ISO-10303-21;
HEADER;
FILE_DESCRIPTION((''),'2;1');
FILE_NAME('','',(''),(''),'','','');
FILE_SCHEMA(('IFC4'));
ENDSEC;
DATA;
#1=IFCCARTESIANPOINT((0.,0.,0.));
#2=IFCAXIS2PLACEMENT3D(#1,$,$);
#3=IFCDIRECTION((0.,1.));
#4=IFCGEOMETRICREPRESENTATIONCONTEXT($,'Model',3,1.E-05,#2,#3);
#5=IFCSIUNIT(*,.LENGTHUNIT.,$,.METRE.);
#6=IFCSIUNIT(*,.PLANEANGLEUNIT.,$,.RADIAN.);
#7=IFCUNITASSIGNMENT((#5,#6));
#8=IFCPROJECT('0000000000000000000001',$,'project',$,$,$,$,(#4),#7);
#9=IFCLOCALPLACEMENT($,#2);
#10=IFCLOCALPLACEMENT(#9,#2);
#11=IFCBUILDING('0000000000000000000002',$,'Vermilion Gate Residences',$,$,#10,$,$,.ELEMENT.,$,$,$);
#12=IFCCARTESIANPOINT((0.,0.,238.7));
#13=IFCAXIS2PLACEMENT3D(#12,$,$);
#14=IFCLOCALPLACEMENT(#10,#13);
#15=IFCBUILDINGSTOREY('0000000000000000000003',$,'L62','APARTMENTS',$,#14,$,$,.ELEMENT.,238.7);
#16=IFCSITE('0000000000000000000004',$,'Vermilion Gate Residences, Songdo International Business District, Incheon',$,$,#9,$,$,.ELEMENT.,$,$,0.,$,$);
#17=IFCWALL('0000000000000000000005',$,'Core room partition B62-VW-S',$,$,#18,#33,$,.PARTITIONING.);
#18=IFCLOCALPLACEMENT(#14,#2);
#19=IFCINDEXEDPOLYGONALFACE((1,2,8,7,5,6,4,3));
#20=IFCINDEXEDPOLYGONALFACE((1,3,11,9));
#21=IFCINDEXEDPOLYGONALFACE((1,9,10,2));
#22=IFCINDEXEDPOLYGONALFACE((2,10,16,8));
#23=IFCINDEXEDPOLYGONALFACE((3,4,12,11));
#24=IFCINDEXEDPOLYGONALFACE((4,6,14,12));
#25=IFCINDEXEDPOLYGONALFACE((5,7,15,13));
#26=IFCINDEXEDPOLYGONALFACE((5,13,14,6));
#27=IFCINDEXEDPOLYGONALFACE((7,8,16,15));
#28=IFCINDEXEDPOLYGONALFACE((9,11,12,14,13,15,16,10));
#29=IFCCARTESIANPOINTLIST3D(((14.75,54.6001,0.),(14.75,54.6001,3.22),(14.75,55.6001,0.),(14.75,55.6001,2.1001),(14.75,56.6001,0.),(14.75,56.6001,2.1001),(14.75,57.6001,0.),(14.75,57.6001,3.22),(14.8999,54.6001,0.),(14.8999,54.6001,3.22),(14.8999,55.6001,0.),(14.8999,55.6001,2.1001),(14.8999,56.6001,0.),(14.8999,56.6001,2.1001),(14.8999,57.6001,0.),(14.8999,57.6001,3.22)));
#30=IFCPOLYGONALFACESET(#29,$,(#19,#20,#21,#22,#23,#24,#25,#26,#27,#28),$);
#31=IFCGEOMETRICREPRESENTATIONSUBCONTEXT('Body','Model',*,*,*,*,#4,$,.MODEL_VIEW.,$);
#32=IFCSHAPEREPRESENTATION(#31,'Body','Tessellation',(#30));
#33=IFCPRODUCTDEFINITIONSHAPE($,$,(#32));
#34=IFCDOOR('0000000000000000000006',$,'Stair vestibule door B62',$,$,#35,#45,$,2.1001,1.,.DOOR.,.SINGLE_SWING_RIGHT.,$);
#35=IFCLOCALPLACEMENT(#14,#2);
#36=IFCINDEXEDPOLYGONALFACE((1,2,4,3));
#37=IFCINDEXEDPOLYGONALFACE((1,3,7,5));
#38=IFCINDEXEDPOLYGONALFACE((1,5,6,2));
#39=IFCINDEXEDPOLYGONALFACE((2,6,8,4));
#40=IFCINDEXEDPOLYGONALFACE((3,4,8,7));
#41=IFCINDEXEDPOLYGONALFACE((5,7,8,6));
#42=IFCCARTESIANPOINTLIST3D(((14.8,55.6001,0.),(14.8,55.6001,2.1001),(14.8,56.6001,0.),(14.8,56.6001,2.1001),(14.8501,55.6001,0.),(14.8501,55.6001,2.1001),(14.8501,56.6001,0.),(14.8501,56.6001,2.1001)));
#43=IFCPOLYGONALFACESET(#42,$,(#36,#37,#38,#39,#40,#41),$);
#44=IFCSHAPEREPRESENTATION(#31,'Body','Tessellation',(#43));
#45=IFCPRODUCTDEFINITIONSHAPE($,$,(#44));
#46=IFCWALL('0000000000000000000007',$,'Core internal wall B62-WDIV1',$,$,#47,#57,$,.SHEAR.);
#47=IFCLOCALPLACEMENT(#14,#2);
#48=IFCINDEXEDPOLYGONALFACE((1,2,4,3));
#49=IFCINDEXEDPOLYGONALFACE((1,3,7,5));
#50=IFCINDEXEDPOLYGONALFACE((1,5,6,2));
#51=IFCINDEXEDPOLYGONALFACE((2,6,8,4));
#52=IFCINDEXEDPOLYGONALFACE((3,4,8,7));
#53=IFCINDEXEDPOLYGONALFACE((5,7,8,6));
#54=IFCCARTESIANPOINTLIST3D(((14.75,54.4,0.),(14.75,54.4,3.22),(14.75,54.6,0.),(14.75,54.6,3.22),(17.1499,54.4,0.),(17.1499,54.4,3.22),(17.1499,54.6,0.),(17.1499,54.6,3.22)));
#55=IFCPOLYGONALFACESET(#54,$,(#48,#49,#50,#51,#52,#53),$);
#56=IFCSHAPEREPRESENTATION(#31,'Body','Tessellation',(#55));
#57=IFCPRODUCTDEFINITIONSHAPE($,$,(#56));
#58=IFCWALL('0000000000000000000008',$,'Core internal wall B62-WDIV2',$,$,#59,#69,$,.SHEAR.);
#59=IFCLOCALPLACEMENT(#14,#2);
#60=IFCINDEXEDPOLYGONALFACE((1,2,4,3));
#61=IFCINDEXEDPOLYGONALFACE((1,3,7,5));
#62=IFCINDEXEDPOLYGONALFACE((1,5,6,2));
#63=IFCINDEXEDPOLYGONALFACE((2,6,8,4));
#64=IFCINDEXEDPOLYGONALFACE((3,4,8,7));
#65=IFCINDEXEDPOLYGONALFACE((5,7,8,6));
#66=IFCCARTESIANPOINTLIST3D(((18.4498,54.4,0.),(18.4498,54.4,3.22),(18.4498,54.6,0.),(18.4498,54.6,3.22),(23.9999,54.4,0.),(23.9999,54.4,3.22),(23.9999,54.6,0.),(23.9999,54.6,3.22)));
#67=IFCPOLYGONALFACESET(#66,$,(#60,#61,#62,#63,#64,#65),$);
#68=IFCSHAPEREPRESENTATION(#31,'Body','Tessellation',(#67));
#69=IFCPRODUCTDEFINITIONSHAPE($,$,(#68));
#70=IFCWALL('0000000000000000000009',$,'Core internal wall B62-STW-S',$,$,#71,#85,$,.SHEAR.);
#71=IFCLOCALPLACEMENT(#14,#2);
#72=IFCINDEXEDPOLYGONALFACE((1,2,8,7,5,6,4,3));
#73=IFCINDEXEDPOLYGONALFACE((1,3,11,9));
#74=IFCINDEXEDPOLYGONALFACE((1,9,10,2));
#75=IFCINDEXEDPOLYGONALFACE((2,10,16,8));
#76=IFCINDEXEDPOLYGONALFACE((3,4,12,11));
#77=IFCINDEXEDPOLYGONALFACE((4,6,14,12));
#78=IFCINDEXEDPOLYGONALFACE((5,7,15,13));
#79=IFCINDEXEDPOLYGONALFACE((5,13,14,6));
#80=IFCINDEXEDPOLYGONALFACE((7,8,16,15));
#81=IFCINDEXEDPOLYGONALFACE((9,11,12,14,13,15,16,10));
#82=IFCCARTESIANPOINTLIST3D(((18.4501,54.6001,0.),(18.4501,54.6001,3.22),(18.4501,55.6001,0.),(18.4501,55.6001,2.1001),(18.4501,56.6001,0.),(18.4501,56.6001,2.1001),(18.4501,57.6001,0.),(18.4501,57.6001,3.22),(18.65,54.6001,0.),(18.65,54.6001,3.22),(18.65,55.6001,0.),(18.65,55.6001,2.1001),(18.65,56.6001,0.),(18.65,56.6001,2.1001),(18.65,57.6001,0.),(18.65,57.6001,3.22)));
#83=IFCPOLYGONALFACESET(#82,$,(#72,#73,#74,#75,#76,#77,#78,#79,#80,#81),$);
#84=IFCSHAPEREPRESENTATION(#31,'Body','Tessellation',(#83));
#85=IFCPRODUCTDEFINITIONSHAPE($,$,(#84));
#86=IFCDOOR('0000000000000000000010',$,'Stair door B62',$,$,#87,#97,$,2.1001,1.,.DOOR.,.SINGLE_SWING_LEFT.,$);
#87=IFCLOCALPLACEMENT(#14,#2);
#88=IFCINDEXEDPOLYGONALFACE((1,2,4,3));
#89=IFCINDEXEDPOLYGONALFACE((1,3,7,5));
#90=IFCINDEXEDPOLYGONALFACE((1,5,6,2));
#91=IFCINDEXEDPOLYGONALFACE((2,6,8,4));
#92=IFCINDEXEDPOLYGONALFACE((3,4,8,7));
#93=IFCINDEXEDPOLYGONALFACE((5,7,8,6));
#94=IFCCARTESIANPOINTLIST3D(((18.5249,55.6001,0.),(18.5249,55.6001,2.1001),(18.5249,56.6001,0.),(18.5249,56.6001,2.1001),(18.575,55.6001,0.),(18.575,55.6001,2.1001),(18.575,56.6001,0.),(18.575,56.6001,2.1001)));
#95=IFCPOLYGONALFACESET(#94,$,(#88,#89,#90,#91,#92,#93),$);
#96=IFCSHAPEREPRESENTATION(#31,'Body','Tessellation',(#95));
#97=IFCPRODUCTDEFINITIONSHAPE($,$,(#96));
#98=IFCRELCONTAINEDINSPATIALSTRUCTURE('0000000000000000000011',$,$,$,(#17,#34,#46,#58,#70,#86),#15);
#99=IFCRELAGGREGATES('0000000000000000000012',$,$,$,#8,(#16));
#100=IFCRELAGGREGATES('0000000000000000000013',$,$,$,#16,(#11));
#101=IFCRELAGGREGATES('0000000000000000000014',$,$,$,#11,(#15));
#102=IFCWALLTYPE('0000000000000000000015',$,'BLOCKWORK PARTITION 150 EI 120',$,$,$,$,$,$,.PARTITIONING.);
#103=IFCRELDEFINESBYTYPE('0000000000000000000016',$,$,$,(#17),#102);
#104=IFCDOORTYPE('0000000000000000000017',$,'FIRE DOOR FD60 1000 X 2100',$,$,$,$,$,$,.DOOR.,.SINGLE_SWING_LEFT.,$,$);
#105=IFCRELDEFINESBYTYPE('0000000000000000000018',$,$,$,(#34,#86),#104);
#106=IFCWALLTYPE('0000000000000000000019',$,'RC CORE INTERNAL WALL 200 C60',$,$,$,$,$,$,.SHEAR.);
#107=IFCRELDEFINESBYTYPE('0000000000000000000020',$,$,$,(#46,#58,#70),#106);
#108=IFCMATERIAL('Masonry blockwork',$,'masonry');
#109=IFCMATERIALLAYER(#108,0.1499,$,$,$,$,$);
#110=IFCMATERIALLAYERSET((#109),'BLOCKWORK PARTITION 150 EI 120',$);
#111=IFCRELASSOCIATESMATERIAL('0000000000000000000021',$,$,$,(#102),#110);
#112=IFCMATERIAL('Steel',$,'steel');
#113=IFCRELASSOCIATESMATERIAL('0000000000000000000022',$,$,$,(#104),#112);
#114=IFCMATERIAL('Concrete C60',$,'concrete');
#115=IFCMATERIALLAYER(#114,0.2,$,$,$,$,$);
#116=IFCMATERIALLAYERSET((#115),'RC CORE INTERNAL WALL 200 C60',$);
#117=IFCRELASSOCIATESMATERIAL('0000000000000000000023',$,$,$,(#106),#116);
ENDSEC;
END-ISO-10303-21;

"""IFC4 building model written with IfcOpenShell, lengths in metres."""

from ifc_helpers import new_model, si_unit, direction, frame, frame_2d, origin, place, context, subcontext, project, spatial, rectangle, extrude, material, layer, layer_set, type_object, element, fill, save


model = new_model("IFC4")

# Units and contexts
model_context = context("Model", 3, precision=1e-05, world=origin(), true_north=direction((0.0, 1.0)))
body_context = subcontext(model_context, "Body", "Model", "MODEL_VIEW")
ifc_project = project(units=[si_unit("LENGTHUNIT", "METRE"), si_unit("PLANEANGLEUNIT", "RADIAN")], contexts=[model_context])

# Site, building, storey
site_placement = place(None, origin())
site = spatial("IfcSite", under=ifc_project, at=site_placement, Name="Vermilion Gate Residences, Songdo International Business District, Incheon", CompositionType="ELEMENT", RefElevation=0.0)
building_placement = place(site_placement, origin())
building = spatial("IfcBuilding", under=site, at=building_placement, Name="Vermilion Gate Residences", CompositionType="ELEMENT")
storey_placement = place(building_placement, frame((0.0, 0.0, 238.7)))
storey = spatial("IfcBuildingStorey", under=building, at=storey_placement, Name="L62", Description="APARTMENTS", CompositionType="ELEMENT", Elevation=238.7)

# Wall, opening, door
ifc_material_1 = material(Name="Masonry blockwork", Category="masonry")
ifc_layer_1 = layer(ifc_material_1, 0.1499)
ifc_layer_set_1 = layer_set([ifc_layer_1], Name="BLOCKWORK PARTITION 150 EI 120")
wall_type_1 = type_object("IfcWallType", Name="BLOCKWORK PARTITION 150 EI 120", PredefinedType="PARTITIONING", material=ifc_layer_set_1)
wall_1_placement = place(storey_placement, frame((14.825, 57.6001, 0.0), z_axis=(0.0, 0.0, 1.0), x_axis=(0.0, -1.0, 0.0)))
wall_1 = element("IfcWall", 1, at=wall_1_placement, inside=storey, type_object=wall_type_1, Name="Core room partition B62-VW-S", PredefinedType="PARTITIONING", context=body_context, shape_type="SweptSolid", body=[
    extrude(rectangle(XDim=3.0, YDim=0.1499, at=frame_2d((1.5, 0.0))), origin(), (0.0, 0.0, 1.0), 3.22),
])
opening_1_placement = place(wall_1_placement, frame((1.0, 0.0, 0.0)))
opening_1 = element("IfcOpeningElement", 2, at=opening_1_placement, cuts=wall_1, PredefinedType="OPENING", context=body_context, shape_type="SweptSolid", body=[
    extrude(rectangle(XDim=1.0, YDim=2.1001, at=frame_2d((0.5, 1.05))), frame((0.0, 0.085, 0.0), z_axis=(0.0, -1.0, 0.0), x_axis=(1.0, 0.0, 0.0)), (0.0, 0.0, 1.0), 0.1699),
])
ifc_material_2 = material(Name="Steel", Category="steel")
door_type = type_object("IfcDoorType", Name="FIRE DOOR FD60 1000 X 2100", OperationType="SINGLE_SWING_LEFT", PredefinedType="DOOR", material=ifc_material_2)
door_1_placement = place(opening_1_placement, frame((1.0, 0.0, 0.0), z_axis=(0.0, 0.0, 1.0), x_axis=(-1.0, 0.0, 0.0)))
door_1 = element("IfcDoor", 3, at=door_1_placement, inside=storey, type_object=door_type, Name="Stair vestibule door B62", OperationType="SINGLE_SWING_RIGHT", OverallHeight=2.1001, OverallWidth=1.0, PredefinedType="DOOR", context=body_context, shape_type="SweptSolid", body=[
    extrude(rectangle(XDim=1.0, YDim=2.1001, at=frame_2d((0.5, 1.05))), frame((0.0, 0.0249, 0.0), z_axis=(0.0, -1.0, 0.0), x_axis=(1.0, 0.0, 0.0)), (0.0, 0.0, 1.0), 0.05),
])
fill(opening_1, door_1)

# Walls
ifc_material_3 = material(Name="Concrete C60", Category="concrete")
ifc_layer_2 = layer(ifc_material_3, 0.2)
ifc_layer_set_2 = layer_set([ifc_layer_2], Name="RC CORE INTERNAL WALL 200 C60")
wall_type_2 = type_object("IfcWallType", Name="RC CORE INTERNAL WALL 200 C60", PredefinedType="SHEAR", material=ifc_layer_set_2)
wall_2_placement = place(storey_placement, frame((14.75, 54.5, 0.0), z_axis=(0.0, 0.0, 1.0), x_axis=(1.0, 0.0, 0.0)))
element("IfcWall", 4, at=wall_2_placement, inside=storey, type_object=wall_type_2, Name="Core internal wall B62-WDIV1", PredefinedType="SHEAR", context=body_context, shape_type="SweptSolid", body=[
    extrude(rectangle(XDim=2.3999, YDim=0.2, at=frame_2d((1.2, 0.0))), origin(), (0.0, 0.0, 1.0), 3.22),
])
wall_3_placement = place(storey_placement, frame((18.45, 54.5, 0.0), z_axis=(0.0, 0.0, 1.0), x_axis=(1.0, 0.0, 0.0)))
element("IfcWall", 5, at=wall_3_placement, inside=storey, type_object=wall_type_2, Name="Core internal wall B62-WDIV2", PredefinedType="SHEAR", context=body_context, shape_type="SweptSolid", body=[
    extrude(rectangle(XDim=5.55, YDim=0.2, at=frame_2d((2.7749, 0.0))), origin(), (0.0, 0.0, 1.0), 3.22),
])

# Wall, opening, door
wall_4_placement = place(storey_placement, frame((18.55, 57.6001, 0.0), z_axis=(0.0, 0.0, 1.0), x_axis=(0.0, -1.0, 0.0)))
wall_4 = element("IfcWall", 6, at=wall_4_placement, inside=storey, type_object=wall_type_2, Name="Core internal wall B62-STW-S", PredefinedType="SHEAR", context=body_context, shape_type="SweptSolid", body=[
    extrude(rectangle(XDim=3.0, YDim=0.2, at=frame_2d((1.5, 0.0))), origin(), (0.0, 0.0, 1.0), 3.22),
])
opening_2_placement = place(wall_4_placement, frame((1.0, 0.0, 0.0)))
opening_2 = element("IfcOpeningElement", 7, at=opening_2_placement, cuts=wall_4, PredefinedType="OPENING", context=body_context, shape_type="SweptSolid", body=[
    extrude(rectangle(XDim=1.0, YDim=2.1001, at=frame_2d((0.5, 1.05))), frame((0.0, 0.1099, 0.0), z_axis=(0.0, -1.0, 0.0), x_axis=(1.0, 0.0, 0.0)), (0.0, 0.0, 1.0), 0.22),
])
door_2_placement = place(opening_2_placement, origin())
door_2 = element("IfcDoor", 8, at=door_2_placement, inside=storey, type_object=door_type, Name="Stair door B62", OperationType="SINGLE_SWING_LEFT", OverallHeight=2.1001, OverallWidth=1.0, PredefinedType="DOOR", context=body_context, shape_type="SweptSolid", body=[
    extrude(rectangle(XDim=1.0, YDim=2.1001, at=frame_2d((0.5, 1.05))), frame((0.0, 0.0249, 0.0), z_axis=(0.0, -1.0, 0.0), x_axis=(1.0, 0.0, 0.0)), (0.0, 0.0, 1.0), 0.05),
])
fill(opening_2, door_2)

save(model, "model.ifc")
